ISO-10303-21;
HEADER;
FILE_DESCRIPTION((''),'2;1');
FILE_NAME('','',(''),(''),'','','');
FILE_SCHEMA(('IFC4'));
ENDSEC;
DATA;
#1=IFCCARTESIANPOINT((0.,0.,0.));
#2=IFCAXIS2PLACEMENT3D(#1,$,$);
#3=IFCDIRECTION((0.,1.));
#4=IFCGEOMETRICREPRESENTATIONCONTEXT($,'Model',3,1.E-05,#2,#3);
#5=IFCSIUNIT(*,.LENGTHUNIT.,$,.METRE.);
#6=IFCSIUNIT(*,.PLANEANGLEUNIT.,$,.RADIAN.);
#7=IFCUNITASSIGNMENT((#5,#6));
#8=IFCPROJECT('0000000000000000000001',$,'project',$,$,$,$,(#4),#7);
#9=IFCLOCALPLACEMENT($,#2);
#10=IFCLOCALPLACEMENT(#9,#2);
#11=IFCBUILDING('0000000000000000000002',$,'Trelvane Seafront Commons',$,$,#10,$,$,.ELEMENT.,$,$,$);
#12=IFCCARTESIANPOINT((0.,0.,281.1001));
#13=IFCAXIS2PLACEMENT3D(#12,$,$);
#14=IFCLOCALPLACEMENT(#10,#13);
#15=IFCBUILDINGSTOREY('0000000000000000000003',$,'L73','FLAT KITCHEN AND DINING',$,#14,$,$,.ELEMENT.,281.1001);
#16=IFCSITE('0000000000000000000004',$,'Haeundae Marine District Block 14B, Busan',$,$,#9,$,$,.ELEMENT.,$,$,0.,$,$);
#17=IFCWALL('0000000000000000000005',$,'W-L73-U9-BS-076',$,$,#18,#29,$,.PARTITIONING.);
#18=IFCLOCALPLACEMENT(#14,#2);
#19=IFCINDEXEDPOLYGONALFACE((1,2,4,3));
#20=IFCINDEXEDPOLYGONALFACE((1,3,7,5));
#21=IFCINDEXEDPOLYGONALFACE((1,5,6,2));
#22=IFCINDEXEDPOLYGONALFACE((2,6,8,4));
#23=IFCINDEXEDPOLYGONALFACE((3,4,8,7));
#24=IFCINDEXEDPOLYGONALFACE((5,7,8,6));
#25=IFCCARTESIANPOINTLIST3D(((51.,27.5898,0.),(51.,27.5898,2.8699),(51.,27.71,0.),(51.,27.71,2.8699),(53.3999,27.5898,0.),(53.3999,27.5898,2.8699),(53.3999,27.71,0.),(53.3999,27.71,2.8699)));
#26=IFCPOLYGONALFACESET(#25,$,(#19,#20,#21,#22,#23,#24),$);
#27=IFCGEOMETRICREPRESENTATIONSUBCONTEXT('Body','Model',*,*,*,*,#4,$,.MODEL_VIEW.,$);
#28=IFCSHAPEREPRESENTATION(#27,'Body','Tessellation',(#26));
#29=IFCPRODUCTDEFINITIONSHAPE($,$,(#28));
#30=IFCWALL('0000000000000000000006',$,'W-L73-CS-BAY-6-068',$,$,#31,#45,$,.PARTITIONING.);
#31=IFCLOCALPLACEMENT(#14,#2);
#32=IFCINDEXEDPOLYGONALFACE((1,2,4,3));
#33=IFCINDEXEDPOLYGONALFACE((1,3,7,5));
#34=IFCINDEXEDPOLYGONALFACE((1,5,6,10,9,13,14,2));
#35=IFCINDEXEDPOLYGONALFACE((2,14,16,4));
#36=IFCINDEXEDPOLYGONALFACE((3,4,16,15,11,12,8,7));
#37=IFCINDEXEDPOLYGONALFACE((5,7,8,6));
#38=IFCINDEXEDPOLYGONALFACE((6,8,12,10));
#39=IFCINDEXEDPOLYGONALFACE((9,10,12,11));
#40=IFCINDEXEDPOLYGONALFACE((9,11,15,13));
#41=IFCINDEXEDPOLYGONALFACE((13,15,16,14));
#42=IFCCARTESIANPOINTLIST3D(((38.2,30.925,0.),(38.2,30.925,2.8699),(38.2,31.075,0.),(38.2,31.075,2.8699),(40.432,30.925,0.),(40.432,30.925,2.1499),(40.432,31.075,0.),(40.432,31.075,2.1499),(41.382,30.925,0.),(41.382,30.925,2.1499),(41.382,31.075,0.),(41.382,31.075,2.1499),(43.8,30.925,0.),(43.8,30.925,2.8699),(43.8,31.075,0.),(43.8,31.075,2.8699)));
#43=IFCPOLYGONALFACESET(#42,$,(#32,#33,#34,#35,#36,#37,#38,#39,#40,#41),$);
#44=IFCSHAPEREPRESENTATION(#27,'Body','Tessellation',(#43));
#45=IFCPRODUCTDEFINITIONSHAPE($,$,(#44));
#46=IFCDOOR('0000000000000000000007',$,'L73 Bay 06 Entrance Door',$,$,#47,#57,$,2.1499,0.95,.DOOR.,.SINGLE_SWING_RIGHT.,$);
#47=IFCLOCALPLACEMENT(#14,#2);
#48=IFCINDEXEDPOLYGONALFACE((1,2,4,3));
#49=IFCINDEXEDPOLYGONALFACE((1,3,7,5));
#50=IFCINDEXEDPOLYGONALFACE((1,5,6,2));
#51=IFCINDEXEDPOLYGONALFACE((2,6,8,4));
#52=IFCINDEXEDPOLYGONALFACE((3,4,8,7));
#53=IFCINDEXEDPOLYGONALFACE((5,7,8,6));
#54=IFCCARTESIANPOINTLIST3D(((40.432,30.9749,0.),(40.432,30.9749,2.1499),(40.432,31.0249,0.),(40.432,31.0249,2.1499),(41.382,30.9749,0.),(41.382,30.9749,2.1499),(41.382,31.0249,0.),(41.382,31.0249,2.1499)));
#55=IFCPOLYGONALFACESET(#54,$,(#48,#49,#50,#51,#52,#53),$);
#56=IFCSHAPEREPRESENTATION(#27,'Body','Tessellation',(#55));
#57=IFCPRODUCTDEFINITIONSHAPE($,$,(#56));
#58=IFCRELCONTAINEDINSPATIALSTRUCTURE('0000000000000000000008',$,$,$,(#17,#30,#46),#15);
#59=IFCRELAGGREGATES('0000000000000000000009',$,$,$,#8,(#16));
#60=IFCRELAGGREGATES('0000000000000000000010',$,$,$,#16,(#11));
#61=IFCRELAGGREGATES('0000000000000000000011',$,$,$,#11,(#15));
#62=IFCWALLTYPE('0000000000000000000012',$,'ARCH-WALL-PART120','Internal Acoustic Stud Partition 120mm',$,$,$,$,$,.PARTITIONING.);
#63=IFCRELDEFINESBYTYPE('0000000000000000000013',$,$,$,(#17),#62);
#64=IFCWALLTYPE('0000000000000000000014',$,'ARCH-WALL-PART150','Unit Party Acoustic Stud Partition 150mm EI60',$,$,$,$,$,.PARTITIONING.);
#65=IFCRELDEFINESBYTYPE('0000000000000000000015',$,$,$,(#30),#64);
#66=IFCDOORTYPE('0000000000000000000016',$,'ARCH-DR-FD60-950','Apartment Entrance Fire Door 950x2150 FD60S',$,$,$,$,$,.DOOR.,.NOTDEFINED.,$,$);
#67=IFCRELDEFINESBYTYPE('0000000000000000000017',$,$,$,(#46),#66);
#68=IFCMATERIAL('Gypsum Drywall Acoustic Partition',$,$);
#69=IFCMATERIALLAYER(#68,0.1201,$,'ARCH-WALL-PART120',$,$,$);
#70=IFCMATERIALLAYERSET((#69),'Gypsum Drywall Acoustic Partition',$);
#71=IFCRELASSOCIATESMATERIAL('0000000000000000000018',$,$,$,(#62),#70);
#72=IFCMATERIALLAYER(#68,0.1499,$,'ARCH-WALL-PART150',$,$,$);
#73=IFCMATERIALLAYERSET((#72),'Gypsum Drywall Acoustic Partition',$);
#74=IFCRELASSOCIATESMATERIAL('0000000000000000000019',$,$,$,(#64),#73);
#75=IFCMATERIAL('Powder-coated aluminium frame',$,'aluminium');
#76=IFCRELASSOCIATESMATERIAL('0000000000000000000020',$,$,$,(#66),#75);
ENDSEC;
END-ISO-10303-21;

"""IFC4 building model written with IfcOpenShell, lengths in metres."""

from ifc_helpers import new_model, si_unit, direction, frame, frame_2d, origin, place, context, subcontext, project, spatial, rectangle, extrude, source, transform, mapped, material, layer, layer_set, type_object, element, fill, save


model = new_model("IFC4")

# Units and contexts
model_context = context("Model", 3, precision=1e-05, world=origin(), true_north=direction((0.0, 1.0)))
body_context = subcontext(model_context, "Body", "Model", "MODEL_VIEW")
ifc_project = project(units=[si_unit("LENGTHUNIT", "METRE"), si_unit("PLANEANGLEUNIT", "RADIAN")], contexts=[model_context])

# Site, building, storey
site_placement = place(None, origin())
site = spatial("IfcSite", under=ifc_project, at=site_placement, Name="Haeundae Marine District Block 14B, Busan", CompositionType="ELEMENT", RefElevation=0.0)
building_placement = place(site_placement, origin())
building = spatial("IfcBuilding", under=site, at=building_placement, Name="Trelvane Seafront Commons", CompositionType="ELEMENT")
storey_placement = place(building_placement, frame((0.0, 0.0, 281.1001)))
storey = spatial("IfcBuildingStorey", under=building, at=storey_placement, Name="L73", Description="FLAT KITCHEN AND DINING", CompositionType="ELEMENT", Elevation=281.1001)

# Shared definitions
ifc_material_1 = material(Name="Gypsum Drywall Acoustic Partition")
ifc_layer_1 = layer(ifc_material_1, 0.1201, Name="ARCH-WALL-PART120")
ifc_layer_set_1 = layer_set([ifc_layer_1], Name="Gypsum Drywall Acoustic Partition")
wall_type_1 = type_object("IfcWallType", Name="ARCH-WALL-PART120", Description="Internal Acoustic Stud Partition 120mm", PredefinedType="PARTITIONING", material=ifc_layer_set_1)
shared_shape_1 = source(origin(), body_context, "Body", "SweptSolid", [
    extrude(rectangle(XDim=0.95, YDim=2.1499, at=frame_2d((0.4751, 1.075))), frame((0.0, 0.0249, 0.0), z_axis=(0.0, -1.0, 0.0), x_axis=(1.0, 0.0, 0.0)), (0.0, 0.0, 1.0), 0.05),
])

# Wall
wall_1_placement = place(storey_placement, frame((51.0, 27.6499, 0.0), z_axis=(0.0, 0.0, 1.0), x_axis=(1.0, 0.0, 0.0)))
element("IfcWall", 1, at=wall_1_placement, inside=storey, type_object=wall_type_1, Name="W-L73-U9-BS-076", PredefinedType="PARTITIONING", context=body_context, shape_type="SweptSolid", body=[
    extrude(rectangle(XDim=2.3999, YDim=0.1201, at=frame_2d((1.2, 0.0))), origin(), (0.0, 0.0, 1.0), 2.8699),
])

# Wall, opening, door
ifc_layer_2 = layer(ifc_material_1, 0.1499, Name="ARCH-WALL-PART150")
ifc_layer_set_2 = layer_set([ifc_layer_2], Name="Gypsum Drywall Acoustic Partition")
wall_type_2 = type_object("IfcWallType", Name="ARCH-WALL-PART150", Description="Unit Party Acoustic Stud Partition 150mm EI60", PredefinedType="PARTITIONING", material=ifc_layer_set_2)
wall_2_placement = place(storey_placement, frame((38.2, 31.0, 0.0), z_axis=(0.0, 0.0, 1.0), x_axis=(1.0, 0.0, 0.0)))
wall_2 = element("IfcWall", 2, at=wall_2_placement, inside=storey, type_object=wall_type_2, Name="W-L73-CS-BAY-6-068", PredefinedType="PARTITIONING", context=body_context, shape_type="SweptSolid", body=[
    extrude(rectangle(XDim=5.6001, YDim=0.1499, at=frame_2d((2.8, 0.0))), origin(), (0.0, 0.0, 1.0), 2.8699),
])
opening_1_placement = place(wall_2_placement, frame((2.2319, 0.0, 0.0)))
opening_1 = element("IfcOpeningElement", 3, at=opening_1_placement, cuts=wall_2, PredefinedType="OPENING", context=body_context, shape_type="SweptSolid", body=[
    extrude(rectangle(XDim=0.95, YDim=2.1499, at=frame_2d((0.4751, 1.075))), frame((0.0, 0.085, 0.0), z_axis=(0.0, -1.0, 0.0), x_axis=(1.0, 0.0, 0.0)), (0.0, 0.0, 1.0), 0.1699),
])
ifc_material_2 = material(Name="Powder-coated aluminium frame", Category="aluminium")
door_type_1 = type_object("IfcDoorType", Name="ARCH-DR-FD60-950", Description="Apartment Entrance Fire Door 950x2150 FD60S", OperationType="NOTDEFINED", PredefinedType="DOOR", material=ifc_material_2)
door_1_placement = place(opening_1_placement, origin())
door_1 = element("IfcDoor", 4, at=door_1_placement, inside=storey, type_object=door_type_1, Name="L73 Bay 06 Entrance Door", OperationType="SINGLE_SWING_RIGHT", OverallHeight=2.1499, OverallWidth=0.95, PredefinedType="DOOR", context=body_context, shape_type="MappedRepresentation", body=[
    mapped(shared_shape_1, transform((0.0, 0.0, 0.0), x_axis=(1.0, 0.0, 0.0), y_axis=(0.0, 1.0, 0.0), z_axis=(0.0, 0.0, 1.0), scale=1.0)),
])
fill(opening_1, door_1)

save(model, "model.ifc")
